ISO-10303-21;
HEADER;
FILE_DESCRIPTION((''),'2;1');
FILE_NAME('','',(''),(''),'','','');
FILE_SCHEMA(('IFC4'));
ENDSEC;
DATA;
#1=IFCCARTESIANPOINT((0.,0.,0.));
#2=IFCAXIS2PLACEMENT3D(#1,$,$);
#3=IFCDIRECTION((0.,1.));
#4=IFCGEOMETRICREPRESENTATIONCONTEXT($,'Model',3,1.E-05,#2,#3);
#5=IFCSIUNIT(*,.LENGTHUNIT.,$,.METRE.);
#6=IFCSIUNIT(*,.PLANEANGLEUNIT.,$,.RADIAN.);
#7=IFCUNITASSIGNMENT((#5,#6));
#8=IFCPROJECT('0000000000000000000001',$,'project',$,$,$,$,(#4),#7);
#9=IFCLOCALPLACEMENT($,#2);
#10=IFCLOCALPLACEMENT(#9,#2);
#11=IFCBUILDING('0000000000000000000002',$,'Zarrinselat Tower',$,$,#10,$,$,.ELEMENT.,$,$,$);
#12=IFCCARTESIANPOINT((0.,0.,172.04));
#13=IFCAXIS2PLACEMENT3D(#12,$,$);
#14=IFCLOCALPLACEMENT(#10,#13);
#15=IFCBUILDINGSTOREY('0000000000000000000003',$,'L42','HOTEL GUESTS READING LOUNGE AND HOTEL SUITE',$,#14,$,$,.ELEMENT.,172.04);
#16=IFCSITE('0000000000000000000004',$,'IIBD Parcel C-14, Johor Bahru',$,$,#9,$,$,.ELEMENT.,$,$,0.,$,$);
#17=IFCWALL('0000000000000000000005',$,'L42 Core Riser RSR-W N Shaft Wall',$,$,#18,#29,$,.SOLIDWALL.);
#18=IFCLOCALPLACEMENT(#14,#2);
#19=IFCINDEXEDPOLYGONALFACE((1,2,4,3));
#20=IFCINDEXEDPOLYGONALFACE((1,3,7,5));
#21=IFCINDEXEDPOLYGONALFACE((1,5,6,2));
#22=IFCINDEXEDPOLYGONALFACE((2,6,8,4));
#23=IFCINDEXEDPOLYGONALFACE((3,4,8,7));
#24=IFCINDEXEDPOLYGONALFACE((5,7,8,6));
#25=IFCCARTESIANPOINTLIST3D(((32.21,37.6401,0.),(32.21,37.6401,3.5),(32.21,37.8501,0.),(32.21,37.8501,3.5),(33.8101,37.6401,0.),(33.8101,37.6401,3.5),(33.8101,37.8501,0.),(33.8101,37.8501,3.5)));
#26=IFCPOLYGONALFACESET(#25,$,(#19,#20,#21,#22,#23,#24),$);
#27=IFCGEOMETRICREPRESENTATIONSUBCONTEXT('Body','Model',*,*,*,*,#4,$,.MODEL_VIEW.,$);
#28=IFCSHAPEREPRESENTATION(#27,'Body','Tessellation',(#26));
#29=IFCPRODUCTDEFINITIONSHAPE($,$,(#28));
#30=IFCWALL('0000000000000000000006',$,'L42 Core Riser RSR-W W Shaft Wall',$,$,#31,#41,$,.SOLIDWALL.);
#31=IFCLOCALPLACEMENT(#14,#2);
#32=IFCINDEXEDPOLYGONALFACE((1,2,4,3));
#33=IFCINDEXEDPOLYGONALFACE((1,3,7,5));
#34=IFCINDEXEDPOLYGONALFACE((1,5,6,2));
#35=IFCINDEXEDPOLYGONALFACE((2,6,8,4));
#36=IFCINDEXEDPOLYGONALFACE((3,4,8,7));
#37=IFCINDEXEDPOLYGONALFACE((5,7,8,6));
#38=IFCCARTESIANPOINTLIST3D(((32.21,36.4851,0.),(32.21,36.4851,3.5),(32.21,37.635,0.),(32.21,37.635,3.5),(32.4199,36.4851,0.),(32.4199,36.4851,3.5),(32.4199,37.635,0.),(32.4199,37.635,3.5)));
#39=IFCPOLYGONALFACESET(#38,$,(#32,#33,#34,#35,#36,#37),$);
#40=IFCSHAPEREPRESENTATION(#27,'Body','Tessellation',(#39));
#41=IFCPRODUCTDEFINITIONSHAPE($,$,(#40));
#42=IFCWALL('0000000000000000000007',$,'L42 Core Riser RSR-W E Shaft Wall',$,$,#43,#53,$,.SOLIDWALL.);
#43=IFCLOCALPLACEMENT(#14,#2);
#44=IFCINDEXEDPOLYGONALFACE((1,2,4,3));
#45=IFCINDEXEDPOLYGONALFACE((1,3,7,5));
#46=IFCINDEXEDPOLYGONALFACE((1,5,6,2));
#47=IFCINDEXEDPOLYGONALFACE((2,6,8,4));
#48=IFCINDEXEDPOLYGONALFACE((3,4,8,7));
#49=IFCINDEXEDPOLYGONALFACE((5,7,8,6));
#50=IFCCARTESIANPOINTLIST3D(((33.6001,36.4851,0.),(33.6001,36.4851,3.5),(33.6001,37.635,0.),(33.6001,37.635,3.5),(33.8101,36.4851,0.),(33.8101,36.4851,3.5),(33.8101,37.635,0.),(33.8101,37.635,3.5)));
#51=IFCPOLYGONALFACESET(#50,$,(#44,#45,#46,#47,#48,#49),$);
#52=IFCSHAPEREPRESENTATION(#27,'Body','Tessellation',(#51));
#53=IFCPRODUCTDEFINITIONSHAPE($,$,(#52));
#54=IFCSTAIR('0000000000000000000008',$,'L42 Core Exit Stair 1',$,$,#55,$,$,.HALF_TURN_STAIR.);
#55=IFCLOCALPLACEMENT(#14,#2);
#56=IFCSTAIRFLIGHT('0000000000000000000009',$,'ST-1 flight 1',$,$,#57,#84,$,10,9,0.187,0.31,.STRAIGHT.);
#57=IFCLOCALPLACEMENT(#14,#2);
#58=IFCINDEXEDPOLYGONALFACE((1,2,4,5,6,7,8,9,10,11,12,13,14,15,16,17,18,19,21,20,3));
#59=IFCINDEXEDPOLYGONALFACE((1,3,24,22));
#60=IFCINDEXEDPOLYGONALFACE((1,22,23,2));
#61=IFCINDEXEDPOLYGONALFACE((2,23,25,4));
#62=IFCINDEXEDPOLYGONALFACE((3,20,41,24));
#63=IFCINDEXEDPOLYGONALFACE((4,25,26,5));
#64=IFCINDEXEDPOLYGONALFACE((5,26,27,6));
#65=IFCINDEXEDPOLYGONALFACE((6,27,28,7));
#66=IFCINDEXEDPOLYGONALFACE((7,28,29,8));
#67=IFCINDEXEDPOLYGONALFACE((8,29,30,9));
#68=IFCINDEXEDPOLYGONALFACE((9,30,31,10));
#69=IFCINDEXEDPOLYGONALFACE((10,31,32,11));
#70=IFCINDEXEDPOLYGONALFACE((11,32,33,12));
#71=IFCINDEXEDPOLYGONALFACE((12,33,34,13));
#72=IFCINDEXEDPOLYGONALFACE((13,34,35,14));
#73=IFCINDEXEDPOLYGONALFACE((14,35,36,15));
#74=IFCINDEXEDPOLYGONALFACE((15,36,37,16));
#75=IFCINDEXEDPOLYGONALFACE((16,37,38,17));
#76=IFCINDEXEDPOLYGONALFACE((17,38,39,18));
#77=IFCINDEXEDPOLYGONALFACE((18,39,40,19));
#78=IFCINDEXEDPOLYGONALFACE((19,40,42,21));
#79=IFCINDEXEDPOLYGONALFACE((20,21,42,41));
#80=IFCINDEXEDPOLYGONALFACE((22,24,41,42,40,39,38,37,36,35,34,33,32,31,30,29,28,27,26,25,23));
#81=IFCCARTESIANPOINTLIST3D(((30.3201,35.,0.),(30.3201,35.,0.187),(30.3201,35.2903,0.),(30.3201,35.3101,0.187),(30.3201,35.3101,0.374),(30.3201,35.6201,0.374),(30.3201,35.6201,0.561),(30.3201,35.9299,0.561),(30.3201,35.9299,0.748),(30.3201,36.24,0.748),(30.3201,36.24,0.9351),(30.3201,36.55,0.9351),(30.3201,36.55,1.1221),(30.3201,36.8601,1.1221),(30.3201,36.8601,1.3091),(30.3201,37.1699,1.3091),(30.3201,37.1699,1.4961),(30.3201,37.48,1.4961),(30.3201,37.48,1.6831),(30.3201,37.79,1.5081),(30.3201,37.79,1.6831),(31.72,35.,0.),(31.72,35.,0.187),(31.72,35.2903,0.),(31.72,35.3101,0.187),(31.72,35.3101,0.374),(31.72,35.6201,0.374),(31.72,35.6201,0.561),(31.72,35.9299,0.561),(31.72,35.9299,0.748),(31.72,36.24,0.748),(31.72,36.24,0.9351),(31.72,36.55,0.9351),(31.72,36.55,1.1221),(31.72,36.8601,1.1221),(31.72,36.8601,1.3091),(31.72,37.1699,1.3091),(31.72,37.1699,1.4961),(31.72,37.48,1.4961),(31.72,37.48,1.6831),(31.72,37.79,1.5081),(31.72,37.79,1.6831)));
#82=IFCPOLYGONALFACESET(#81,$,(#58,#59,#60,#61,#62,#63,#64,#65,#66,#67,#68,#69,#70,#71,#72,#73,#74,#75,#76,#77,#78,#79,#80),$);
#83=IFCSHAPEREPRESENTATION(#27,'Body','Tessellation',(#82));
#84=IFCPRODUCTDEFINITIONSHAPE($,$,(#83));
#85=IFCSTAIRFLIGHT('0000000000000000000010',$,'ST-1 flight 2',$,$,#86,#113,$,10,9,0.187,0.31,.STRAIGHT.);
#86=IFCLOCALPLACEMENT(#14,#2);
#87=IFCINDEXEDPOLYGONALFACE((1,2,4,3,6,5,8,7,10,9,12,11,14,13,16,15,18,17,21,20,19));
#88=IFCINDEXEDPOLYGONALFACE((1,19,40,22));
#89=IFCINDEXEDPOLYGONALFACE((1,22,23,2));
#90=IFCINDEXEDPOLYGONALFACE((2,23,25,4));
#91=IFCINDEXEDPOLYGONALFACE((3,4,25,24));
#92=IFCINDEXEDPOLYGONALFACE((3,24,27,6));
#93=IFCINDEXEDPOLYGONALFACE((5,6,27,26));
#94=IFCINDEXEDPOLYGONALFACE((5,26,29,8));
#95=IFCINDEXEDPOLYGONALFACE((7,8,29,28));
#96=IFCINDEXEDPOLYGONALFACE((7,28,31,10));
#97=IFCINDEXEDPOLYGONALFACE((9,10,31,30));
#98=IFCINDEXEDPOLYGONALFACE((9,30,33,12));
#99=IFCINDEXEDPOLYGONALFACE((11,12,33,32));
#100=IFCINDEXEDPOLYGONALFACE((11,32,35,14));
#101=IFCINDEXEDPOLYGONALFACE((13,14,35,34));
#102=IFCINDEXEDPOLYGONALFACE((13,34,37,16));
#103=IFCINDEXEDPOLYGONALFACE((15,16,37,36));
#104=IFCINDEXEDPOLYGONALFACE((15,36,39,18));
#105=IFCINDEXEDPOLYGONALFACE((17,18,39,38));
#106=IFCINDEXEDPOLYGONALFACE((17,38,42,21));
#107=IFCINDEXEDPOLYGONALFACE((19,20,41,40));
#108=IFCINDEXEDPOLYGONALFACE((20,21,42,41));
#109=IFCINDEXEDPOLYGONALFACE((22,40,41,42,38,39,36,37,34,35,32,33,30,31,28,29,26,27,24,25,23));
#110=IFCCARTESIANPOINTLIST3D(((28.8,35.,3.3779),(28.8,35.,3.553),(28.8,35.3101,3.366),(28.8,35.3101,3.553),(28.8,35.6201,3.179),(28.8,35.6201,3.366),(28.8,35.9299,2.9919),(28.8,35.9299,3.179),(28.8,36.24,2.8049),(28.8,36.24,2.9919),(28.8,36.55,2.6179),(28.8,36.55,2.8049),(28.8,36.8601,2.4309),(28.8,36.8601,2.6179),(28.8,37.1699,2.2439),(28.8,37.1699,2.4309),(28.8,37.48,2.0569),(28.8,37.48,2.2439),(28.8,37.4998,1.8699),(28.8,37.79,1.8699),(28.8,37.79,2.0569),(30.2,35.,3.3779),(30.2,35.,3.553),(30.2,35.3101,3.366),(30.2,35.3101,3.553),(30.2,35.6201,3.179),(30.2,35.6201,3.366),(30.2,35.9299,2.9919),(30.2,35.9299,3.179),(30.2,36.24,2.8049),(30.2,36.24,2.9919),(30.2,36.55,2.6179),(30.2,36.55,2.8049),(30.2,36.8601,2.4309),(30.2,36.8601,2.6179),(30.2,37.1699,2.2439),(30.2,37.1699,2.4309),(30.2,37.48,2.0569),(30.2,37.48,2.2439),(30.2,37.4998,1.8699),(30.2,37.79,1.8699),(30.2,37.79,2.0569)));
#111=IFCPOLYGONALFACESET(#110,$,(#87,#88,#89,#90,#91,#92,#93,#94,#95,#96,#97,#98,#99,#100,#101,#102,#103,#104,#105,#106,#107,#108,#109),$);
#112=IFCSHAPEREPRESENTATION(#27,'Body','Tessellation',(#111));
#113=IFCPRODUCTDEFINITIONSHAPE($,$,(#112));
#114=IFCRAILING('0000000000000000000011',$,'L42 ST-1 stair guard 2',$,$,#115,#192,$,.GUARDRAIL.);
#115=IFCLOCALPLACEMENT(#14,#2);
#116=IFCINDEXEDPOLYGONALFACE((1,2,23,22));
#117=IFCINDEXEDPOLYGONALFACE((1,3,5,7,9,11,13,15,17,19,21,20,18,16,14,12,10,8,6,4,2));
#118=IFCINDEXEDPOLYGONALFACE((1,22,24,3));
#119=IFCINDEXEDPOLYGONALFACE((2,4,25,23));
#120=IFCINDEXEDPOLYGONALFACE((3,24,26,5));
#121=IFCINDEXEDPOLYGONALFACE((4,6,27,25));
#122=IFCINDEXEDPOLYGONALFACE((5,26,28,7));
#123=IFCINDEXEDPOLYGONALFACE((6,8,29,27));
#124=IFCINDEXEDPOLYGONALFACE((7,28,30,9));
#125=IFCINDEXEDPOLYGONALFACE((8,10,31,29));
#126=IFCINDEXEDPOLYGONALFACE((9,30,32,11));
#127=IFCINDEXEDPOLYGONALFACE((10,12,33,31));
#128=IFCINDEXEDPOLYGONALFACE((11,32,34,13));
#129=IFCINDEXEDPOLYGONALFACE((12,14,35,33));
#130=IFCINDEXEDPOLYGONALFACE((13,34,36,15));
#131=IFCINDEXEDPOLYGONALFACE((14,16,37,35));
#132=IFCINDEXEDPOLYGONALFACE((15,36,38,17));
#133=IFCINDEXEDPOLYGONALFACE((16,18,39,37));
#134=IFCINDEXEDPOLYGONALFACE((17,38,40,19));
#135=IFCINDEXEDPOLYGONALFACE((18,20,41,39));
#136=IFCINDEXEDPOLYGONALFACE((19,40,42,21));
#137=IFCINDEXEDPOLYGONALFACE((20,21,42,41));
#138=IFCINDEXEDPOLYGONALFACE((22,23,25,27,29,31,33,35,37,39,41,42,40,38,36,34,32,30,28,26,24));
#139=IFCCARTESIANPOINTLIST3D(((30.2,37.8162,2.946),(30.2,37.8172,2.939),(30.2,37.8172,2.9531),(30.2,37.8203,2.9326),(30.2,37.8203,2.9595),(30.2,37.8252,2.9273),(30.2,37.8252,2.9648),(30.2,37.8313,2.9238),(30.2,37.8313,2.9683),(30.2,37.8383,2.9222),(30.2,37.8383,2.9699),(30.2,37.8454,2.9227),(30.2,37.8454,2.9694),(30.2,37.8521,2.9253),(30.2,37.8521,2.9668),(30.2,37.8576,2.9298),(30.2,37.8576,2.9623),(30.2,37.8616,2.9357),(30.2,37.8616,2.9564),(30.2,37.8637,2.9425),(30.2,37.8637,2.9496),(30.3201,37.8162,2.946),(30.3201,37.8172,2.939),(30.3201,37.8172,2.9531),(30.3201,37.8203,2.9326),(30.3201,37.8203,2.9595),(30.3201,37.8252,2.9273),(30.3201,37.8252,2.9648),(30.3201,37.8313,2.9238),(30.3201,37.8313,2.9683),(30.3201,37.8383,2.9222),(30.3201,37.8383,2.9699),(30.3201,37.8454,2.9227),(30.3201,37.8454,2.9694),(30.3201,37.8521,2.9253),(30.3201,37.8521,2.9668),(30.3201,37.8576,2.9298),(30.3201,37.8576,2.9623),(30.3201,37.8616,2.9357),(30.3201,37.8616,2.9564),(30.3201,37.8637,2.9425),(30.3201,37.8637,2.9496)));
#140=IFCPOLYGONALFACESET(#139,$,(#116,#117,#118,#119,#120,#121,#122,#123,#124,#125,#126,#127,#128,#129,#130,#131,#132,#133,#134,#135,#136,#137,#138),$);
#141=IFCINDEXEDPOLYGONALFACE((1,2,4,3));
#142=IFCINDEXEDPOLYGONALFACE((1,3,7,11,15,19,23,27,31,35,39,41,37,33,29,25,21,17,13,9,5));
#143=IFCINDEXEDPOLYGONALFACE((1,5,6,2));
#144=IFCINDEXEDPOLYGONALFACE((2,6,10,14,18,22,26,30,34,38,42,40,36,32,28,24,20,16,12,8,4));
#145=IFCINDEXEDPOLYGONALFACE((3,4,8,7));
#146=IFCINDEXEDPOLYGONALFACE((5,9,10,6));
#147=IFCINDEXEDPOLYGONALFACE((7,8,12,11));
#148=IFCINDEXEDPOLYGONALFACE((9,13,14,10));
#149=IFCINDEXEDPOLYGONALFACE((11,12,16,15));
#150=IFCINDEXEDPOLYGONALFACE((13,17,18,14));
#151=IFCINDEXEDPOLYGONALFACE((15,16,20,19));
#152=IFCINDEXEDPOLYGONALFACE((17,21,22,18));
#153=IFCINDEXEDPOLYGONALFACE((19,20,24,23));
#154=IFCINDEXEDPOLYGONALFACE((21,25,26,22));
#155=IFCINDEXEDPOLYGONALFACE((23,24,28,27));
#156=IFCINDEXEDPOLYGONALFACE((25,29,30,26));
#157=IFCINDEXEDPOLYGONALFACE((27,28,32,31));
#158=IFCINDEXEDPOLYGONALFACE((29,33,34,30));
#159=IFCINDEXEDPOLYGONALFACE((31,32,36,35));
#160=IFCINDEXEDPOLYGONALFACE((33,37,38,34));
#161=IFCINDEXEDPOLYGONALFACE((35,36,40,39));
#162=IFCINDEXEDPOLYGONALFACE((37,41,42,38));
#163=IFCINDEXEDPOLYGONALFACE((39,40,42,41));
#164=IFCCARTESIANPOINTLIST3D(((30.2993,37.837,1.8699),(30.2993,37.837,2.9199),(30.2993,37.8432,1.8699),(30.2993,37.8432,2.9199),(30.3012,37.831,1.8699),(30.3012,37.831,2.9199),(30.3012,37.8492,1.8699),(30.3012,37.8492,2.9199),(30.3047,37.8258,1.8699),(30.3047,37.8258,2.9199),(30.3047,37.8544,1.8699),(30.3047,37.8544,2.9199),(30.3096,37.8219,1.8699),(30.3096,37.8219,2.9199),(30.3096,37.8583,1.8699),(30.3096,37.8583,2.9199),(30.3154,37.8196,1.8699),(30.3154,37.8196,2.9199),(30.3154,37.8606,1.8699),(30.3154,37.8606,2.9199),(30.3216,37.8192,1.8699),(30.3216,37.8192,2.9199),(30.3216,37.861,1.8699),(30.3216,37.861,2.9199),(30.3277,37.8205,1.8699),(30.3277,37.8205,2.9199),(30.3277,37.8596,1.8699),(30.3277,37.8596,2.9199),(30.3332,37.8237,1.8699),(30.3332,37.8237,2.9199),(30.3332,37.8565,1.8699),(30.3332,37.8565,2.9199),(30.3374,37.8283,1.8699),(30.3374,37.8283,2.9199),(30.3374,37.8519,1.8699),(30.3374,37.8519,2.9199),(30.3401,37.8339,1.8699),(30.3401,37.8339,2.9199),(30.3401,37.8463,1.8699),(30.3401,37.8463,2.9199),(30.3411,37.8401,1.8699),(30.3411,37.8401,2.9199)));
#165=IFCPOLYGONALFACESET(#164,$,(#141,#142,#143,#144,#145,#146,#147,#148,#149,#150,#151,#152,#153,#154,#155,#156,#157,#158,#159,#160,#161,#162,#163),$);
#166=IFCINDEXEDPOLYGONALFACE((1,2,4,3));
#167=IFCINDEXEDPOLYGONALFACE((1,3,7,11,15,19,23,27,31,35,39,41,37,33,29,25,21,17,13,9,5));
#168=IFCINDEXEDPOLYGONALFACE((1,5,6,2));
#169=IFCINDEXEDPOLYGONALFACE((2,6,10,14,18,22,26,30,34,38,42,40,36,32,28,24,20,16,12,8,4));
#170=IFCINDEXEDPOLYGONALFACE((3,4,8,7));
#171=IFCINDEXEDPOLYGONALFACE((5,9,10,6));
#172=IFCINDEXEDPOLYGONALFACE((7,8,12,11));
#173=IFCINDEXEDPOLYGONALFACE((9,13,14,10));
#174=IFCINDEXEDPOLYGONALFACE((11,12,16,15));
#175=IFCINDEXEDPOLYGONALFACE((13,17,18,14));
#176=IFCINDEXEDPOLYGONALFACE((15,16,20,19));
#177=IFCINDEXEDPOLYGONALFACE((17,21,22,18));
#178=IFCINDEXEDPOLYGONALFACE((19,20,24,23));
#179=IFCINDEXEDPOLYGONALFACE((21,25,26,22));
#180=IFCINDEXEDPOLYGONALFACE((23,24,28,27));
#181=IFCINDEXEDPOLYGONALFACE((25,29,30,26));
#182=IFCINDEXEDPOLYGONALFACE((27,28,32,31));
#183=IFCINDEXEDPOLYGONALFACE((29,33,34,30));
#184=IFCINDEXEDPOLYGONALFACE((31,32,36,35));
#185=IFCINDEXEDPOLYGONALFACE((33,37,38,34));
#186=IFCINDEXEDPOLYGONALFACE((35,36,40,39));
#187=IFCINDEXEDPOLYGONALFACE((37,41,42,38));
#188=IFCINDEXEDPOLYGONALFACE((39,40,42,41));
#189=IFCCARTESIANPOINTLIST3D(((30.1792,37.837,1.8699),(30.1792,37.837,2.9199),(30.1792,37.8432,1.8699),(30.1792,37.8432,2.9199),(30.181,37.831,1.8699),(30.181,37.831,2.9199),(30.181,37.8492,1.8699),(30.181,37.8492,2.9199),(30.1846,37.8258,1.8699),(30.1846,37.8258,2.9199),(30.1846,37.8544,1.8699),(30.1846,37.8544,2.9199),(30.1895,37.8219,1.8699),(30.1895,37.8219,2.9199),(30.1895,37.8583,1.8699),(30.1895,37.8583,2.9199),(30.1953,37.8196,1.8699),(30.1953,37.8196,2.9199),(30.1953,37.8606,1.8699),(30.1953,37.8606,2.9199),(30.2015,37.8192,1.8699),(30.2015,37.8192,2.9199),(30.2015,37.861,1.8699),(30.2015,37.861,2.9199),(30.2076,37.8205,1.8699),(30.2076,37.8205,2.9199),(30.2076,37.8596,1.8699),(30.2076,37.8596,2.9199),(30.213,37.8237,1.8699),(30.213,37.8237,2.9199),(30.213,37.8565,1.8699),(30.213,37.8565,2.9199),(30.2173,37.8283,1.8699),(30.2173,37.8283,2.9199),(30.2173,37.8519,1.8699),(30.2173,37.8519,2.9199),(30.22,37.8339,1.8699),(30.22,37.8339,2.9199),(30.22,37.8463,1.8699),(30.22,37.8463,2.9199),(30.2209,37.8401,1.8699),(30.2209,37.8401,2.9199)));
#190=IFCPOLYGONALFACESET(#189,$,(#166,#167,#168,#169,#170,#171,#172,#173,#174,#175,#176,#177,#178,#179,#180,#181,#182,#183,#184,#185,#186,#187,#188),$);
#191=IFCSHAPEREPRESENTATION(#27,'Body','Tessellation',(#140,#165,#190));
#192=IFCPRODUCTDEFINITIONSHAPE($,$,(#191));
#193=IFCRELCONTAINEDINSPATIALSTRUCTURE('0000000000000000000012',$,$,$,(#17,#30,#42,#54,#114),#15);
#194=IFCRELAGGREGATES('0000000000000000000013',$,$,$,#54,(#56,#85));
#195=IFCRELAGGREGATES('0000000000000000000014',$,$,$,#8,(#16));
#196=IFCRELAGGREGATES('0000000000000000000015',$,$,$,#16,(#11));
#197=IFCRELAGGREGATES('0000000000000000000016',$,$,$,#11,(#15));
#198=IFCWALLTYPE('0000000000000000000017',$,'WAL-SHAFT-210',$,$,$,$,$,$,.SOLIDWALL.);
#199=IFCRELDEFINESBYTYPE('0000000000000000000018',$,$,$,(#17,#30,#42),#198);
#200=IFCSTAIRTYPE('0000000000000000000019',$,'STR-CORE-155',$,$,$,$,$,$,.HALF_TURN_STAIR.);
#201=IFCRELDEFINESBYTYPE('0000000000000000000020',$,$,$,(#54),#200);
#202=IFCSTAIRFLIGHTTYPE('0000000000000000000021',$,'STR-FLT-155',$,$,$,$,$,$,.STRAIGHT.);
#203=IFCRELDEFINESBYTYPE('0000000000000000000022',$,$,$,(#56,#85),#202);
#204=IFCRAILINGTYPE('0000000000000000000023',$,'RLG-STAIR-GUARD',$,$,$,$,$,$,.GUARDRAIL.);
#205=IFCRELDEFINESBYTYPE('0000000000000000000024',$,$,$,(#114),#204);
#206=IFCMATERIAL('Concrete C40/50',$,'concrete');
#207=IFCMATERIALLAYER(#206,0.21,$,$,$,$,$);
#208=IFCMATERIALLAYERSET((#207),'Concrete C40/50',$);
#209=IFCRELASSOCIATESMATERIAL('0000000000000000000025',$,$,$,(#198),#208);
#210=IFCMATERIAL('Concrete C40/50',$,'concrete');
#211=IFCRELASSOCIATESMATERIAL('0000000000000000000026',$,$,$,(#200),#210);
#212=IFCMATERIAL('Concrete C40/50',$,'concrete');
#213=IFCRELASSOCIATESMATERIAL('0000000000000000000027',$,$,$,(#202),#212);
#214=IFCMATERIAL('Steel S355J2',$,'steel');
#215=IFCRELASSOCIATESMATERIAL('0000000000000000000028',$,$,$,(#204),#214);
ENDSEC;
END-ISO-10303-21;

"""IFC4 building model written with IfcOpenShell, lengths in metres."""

from ifc_helpers import new_model, si_unit, direction, frame, frame_2d, origin, origin_2d, place, context, subcontext, project, spatial, polyline, rectangle, circle, outline, extrude, material, layer, layer_set, type_object, element, aggregate, save


model = new_model("IFC4")

# Units and contexts
model_context = context("Model", 3, precision=1e-05, world=origin(), true_north=direction((0.0, 1.0)))
body_context = subcontext(model_context, "Body", "Model", "MODEL_VIEW")
ifc_project = project(units=[si_unit("LENGTHUNIT", "METRE"), si_unit("PLANEANGLEUNIT", "RADIAN")], contexts=[model_context])

# Site, building, storey
site_placement = place(None, origin())
site = spatial("IfcSite", under=ifc_project, at=site_placement, Name="IIBD Parcel C-14, Johor Bahru", CompositionType="ELEMENT", RefElevation=0.0)
building_placement = place(site_placement, origin())
building = spatial("IfcBuilding", under=site, at=building_placement, Name="Zarrinselat Tower", CompositionType="ELEMENT")
storey_placement = place(building_placement, frame((0.0, 0.0, 172.04)))
storey = spatial("IfcBuildingStorey", under=building, at=storey_placement, Name="L42", Description="HOTEL GUESTS READING LOUNGE AND HOTEL SUITE", CompositionType="ELEMENT", Elevation=172.04)

# Shared definitions
ifc_material_1 = material(Name="Concrete C40/50", Category="concrete")
ifc_layer_1 = layer(ifc_material_1, 0.21)
ifc_layer_set_1 = layer_set([ifc_layer_1], Name="Concrete C40/50")
wall_type_1 = type_object("IfcWallType", Name="WAL-SHAFT-210", PredefinedType="SOLIDWALL", material=ifc_layer_set_1)

# Walls
for number, where, z_axis, x_axis, name in (
    (1, (32.21, 37.7451, 0.0), (0.0, 0.0, 1.0), (1.0, 0.0, 0.0), "L42 Core Riser RSR-W N Shaft Wall"),
):
    element("IfcWall", number, at=place(storey_placement, frame(where, z_axis=z_axis, x_axis=x_axis)), inside=storey, type_object=wall_type_1, Name=name, PredefinedType="SOLIDWALL", context=body_context, shape_type="SweptSolid", body=[
        extrude(rectangle(XDim=1.6001, YDim=0.21, at=frame_2d((0.8, 0.0))), origin(), (0.0, 0.0, 1.0), 3.5),
    ])
for number, where, z_axis, x_axis, name in (
    (2, (32.3149, 36.4851, 0.0), (0.0, 0.0, 1.0), (0.0, 1.0, 0.0), "L42 Core Riser RSR-W W Shaft Wall"),
    (3, (33.7051, 36.4851, 0.0), (0.0, 0.0, 1.0), (0.0, 1.0, 0.0), "L42 Core Riser RSR-W E Shaft Wall"),
):
    element("IfcWall", number, at=place(storey_placement, frame(where, z_axis=z_axis, x_axis=x_axis)), inside=storey, type_object=wall_type_1, Name=name, PredefinedType="SOLIDWALL", context=body_context, shape_type="SweptSolid", body=[
        extrude(rectangle(XDim=1.1499, YDim=0.21, at=frame_2d((0.575, 0.0))), origin(), (0.0, 0.0, 1.0), 3.5),
    ])

# Stair, stair flights
ifc_material_2 = material(Name="Concrete C40/50", Category="concrete")
stair_type = type_object("IfcStairType", Name="STR-CORE-155", PredefinedType="HALF_TURN_STAIR", material=ifc_material_2)
stair_placement = place(storey_placement, origin())
stair = element("IfcStair", 4, at=stair_placement, inside=storey, type_object=stair_type, Name="L42 Core Exit Stair 1", PredefinedType="HALF_TURN_STAIR")
ifc_material_3 = material(Name="Concrete C40/50", Category="concrete")
stair_flight_type = type_object("IfcStairFlightType", Name="STR-FLT-155", PredefinedType="STRAIGHT", material=ifc_material_3)
stair_flight_1_placement = place(storey_placement, frame((31.02, 35.0, 0.0), z_axis=(0.0, 0.0, 1.0), x_axis=(0.0, 1.0, 0.0)))
stair_flight_1 = element("IfcStairFlight", 5, at=stair_flight_1_placement, type_object=stair_flight_type, Name="ST-1 flight 1", NumberOfRisers=10, NumberOfTreads=9, PredefinedType="STRAIGHT", RiserHeight=0.187, TreadLength=0.31, context=body_context, shape_type="SweptSolid", body=[
    extrude(outline(polyline([(0.0, 0.0), (0.0, 0.187), (0.3101, 0.187), (0.3101, 0.374), (0.6201, 0.374), (0.6201, 0.561), (0.9299, 0.561), (0.9299, 0.748), (1.24, 0.748), (1.24, 0.9351), (1.55, 0.9351), (1.55, 1.1221), (1.8601, 1.1221), (1.8601, 1.3091), (2.1699, 1.3091), (2.1699, 1.4961), (2.48, 1.4961), (2.48, 1.6831), (2.79, 1.6831), (2.79, 1.8701), (2.79, 1.5081), (0.2903, 0.0), (0.0, 0.0)])), frame((0.0, 0.7, 0.0), z_axis=(0.0, -1.0, 0.0), x_axis=(1.0, 0.0, 0.0)), (0.0, 0.0, 1.0), 1.3999),
])
stair_flight_2_placement = place(storey_placement, frame((29.5, 37.79, 1.8699), z_axis=(0.0, 0.0, 1.0), x_axis=(0.0, -1.0, 0.0)))
stair_flight_2 = element("IfcStairFlight", 6, at=stair_flight_2_placement, type_object=stair_flight_type, Name="ST-1 flight 2", NumberOfRisers=10, NumberOfTreads=9, PredefinedType="STRAIGHT", RiserHeight=0.187, TreadLength=0.31, context=body_context, shape_type="SweptSolid", body=[
    extrude(outline(polyline([(0.0, 0.0), (0.0, 0.187), (0.3101, 0.187), (0.3101, 0.374), (0.6201, 0.374), (0.6201, 0.561), (0.9299, 0.561), (0.9299, 0.748), (1.24, 0.748), (1.24, 0.9351), (1.55, 0.9351), (1.55, 1.1221), (1.8601, 1.1221), (1.8601, 1.3091), (2.1699, 1.3091), (2.1699, 1.4961), (2.48, 1.4961), (2.48, 1.6831), (2.79, 1.6831), (2.79, 1.8701), (2.79, 1.5081), (0.2903, 0.0), (0.0, 0.0)])), frame((0.0, 0.7, 0.0), z_axis=(0.0, -1.0, 0.0), x_axis=(1.0, 0.0, 0.0)), (0.0, 0.0, 1.0), 1.3999),
])
aggregate(stair, [stair_flight_1, stair_flight_2])

# Railing
ifc_material_4 = material(Name="Steel S355J2", Category="steel")
railing_type_1 = type_object("IfcRailingType", Name="RLG-STAIR-GUARD", PredefinedType="GUARDRAIL", material=ifc_material_4)
railing_1_placement = place(storey_placement, frame((30.3201, 37.8401, 1.8699)))
element("IfcRailing", 7, at=railing_1_placement, inside=storey, type_object=railing_type_1, Name="L42 ST-1 stair guard 2", PredefinedType="GUARDRAIL", context=body_context, shape_type="SweptSolid", body=[
    extrude(circle(Radius=0.0239, at=origin_2d()), frame((0.0, 0.0, 1.0762), z_axis=(-1.0, 0.0, 0.0), x_axis=(0.0, -1.0, 0.0)), (0.0, 0.0, 1.0), 0.1201),
    extrude(circle(Radius=0.021, at=origin_2d()), origin(), (0.0, 0.0, 1.0), 1.05),
    extrude(circle(Radius=0.021, at=origin_2d()), frame((-0.1201, 0.0, 0.0)), (0.0, 0.0, 1.0), 1.05),
])

save(model, "model.ifc")
